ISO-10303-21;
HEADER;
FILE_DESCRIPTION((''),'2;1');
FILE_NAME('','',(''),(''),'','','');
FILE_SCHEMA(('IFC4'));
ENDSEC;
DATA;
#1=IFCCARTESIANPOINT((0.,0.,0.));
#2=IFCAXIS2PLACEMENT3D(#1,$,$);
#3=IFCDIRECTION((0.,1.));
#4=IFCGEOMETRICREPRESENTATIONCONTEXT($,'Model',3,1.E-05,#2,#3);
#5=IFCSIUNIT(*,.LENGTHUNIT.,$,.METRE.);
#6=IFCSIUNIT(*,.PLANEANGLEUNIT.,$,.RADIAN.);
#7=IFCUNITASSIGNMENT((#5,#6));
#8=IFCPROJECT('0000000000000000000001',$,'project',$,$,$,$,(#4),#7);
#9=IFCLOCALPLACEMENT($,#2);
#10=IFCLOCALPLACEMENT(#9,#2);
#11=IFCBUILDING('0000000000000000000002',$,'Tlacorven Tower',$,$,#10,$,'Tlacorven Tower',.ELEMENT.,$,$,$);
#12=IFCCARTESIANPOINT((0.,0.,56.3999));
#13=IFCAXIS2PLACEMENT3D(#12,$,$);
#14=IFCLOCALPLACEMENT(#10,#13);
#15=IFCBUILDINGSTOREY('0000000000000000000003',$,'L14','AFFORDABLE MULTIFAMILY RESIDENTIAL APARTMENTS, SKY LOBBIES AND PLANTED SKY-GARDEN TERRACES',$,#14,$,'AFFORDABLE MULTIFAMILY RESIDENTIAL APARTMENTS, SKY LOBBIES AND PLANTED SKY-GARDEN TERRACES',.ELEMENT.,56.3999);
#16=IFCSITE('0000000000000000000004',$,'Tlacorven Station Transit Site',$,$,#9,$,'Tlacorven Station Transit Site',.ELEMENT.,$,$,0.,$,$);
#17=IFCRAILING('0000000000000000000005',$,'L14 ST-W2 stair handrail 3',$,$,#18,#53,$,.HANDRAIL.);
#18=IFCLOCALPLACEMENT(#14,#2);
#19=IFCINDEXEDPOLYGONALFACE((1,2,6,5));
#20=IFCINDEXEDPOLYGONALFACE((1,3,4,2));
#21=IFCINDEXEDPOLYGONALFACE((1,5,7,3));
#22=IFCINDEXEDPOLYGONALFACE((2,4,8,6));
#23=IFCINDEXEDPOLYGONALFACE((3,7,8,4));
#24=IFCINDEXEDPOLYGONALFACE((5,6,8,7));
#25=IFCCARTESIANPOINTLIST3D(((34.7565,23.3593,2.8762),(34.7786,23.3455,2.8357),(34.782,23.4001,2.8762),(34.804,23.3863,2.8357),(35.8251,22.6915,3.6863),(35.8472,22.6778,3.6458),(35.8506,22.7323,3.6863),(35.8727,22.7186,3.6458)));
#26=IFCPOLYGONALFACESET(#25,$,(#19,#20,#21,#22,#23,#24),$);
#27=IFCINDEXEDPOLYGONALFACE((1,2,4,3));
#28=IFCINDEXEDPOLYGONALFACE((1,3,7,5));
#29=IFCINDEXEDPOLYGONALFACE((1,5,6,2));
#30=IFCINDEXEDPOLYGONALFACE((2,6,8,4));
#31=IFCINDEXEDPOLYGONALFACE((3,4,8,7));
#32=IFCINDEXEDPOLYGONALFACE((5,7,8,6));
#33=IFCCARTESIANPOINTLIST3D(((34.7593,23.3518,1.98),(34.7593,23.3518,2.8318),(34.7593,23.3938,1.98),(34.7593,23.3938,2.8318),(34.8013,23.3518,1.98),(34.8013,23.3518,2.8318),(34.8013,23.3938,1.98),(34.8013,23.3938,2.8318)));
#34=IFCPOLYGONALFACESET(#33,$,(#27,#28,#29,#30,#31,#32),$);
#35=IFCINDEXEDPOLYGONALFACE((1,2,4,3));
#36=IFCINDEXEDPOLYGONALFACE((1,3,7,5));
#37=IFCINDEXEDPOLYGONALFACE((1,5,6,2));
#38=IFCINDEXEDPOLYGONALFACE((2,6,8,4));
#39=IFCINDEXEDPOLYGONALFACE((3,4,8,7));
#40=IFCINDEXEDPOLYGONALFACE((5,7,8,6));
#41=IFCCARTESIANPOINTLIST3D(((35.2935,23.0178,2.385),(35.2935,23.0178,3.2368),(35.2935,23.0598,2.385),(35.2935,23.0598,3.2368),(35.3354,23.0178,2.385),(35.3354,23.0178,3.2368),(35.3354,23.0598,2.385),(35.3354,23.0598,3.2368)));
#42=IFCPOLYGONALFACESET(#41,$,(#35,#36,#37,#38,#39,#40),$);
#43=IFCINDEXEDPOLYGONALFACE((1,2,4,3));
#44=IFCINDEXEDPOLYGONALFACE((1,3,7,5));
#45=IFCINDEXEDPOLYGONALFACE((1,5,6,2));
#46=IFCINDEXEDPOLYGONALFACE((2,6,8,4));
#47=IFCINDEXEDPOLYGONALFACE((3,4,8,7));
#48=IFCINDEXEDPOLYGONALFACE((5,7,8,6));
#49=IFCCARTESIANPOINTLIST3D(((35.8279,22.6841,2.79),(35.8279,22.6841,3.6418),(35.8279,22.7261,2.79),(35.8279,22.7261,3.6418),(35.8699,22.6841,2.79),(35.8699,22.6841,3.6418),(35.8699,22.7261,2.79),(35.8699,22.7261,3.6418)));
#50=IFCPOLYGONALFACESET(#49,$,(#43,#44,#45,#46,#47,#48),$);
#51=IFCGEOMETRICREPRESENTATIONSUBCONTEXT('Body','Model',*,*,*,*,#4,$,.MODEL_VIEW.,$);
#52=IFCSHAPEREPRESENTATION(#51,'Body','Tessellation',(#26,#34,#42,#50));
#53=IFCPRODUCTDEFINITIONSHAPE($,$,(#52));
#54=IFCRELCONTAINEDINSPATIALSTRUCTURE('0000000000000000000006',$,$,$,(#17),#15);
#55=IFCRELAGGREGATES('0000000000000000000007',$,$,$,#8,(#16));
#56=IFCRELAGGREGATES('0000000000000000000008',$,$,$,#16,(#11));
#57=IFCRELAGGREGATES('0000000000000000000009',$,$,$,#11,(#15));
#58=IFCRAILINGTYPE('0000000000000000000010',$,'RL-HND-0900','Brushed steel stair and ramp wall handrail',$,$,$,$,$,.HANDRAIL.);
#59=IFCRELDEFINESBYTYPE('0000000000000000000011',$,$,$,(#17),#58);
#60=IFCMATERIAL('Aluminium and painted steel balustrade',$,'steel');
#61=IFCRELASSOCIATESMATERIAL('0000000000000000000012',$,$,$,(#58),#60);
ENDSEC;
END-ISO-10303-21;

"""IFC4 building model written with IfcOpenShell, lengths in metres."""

from ifc_helpers import new_model, si_unit, direction, frame, origin, origin_2d, place, context, subcontext, project, spatial, rectangle, extrude, source, transform, mapped, material, type_object, element, save


model = new_model("IFC4")

# Units and contexts
model_context = context("Model", 3, precision=1e-05, world=origin(), true_north=direction((0.0, 1.0)))
body_context = subcontext(model_context, "Body", "Model", "MODEL_VIEW")
ifc_project = project(units=[si_unit("LENGTHUNIT", "METRE"), si_unit("PLANEANGLEUNIT", "RADIAN")], contexts=[model_context])

# Site, building, storey
site_placement = place(None, origin())
site = spatial("IfcSite", under=ifc_project, at=site_placement, Name="Tlacorven Station Transit Site", LongName="Tlacorven Station Transit Site", CompositionType="ELEMENT", RefElevation=0.0)
building_placement = place(site_placement, origin())
building = spatial("IfcBuilding", under=site, at=building_placement, Name="Tlacorven Tower", LongName="Tlacorven Tower", CompositionType="ELEMENT")
storey_placement = place(building_placement, frame((0.0, 0.0, 56.3999)))
storey = spatial("IfcBuildingStorey", under=building, at=storey_placement, Name="L14", Description="AFFORDABLE MULTIFAMILY RESIDENTIAL APARTMENTS, SKY LOBBIES AND PLANTED SKY-GARDEN TERRACES", LongName="AFFORDABLE MULTIFAMILY RESIDENTIAL APARTMENTS, SKY LOBBIES AND PLANTED SKY-GARDEN TERRACES", CompositionType="ELEMENT", Elevation=56.3999)

# Railing
ifc_material_1 = material(Name="Aluminium and painted steel balustrade", Category="steel")
railing_type = type_object("IfcRailingType", Name="RL-HND-0900", Description="Brushed steel stair and ramp wall handrail", PredefinedType="HANDRAIL", material=ifc_material_1)
shared_shape_1 = source(origin(), body_context, "Body", "SweptSolid", [
    extrude(rectangle(XDim=0.0481, YDim=0.0481, at=origin_2d()), frame((0.0, 0.0, 0.876), z_axis=(0.71336, -0.445748, 0.540765), x_axis=(0.529912, 0.848053, 0.0)), (0.0, 0.0, 1.0), 1.498),
    extrude(rectangle(XDim=0.042, YDim=0.042, at=origin_2d()), origin(), (0.0, 0.0, 1.0), 0.8518),
    extrude(rectangle(XDim=0.042, YDim=0.042, at=origin_2d()), frame((0.5342, -0.334, 0.405)), (0.0, 0.0, 1.0), 0.8518),
    extrude(rectangle(XDim=0.042, YDim=0.042, at=origin_2d()), frame((1.0686, -0.6677, 0.8101)), (0.0, 0.0, 1.0), 0.8518),
])
railing_placement = place(storey_placement, frame((34.7803, 23.3728, 1.98)))
element("IfcRailing", 1, at=railing_placement, inside=storey, type_object=railing_type, Name="L14 ST-W2 stair handrail 3", PredefinedType="HANDRAIL", context=body_context, shape_type="MappedRepresentation", body=[
    mapped(shared_shape_1, transform((0.0, 0.0, 0.0), scale=1.0)),
])

save(model, "model.ifc")
